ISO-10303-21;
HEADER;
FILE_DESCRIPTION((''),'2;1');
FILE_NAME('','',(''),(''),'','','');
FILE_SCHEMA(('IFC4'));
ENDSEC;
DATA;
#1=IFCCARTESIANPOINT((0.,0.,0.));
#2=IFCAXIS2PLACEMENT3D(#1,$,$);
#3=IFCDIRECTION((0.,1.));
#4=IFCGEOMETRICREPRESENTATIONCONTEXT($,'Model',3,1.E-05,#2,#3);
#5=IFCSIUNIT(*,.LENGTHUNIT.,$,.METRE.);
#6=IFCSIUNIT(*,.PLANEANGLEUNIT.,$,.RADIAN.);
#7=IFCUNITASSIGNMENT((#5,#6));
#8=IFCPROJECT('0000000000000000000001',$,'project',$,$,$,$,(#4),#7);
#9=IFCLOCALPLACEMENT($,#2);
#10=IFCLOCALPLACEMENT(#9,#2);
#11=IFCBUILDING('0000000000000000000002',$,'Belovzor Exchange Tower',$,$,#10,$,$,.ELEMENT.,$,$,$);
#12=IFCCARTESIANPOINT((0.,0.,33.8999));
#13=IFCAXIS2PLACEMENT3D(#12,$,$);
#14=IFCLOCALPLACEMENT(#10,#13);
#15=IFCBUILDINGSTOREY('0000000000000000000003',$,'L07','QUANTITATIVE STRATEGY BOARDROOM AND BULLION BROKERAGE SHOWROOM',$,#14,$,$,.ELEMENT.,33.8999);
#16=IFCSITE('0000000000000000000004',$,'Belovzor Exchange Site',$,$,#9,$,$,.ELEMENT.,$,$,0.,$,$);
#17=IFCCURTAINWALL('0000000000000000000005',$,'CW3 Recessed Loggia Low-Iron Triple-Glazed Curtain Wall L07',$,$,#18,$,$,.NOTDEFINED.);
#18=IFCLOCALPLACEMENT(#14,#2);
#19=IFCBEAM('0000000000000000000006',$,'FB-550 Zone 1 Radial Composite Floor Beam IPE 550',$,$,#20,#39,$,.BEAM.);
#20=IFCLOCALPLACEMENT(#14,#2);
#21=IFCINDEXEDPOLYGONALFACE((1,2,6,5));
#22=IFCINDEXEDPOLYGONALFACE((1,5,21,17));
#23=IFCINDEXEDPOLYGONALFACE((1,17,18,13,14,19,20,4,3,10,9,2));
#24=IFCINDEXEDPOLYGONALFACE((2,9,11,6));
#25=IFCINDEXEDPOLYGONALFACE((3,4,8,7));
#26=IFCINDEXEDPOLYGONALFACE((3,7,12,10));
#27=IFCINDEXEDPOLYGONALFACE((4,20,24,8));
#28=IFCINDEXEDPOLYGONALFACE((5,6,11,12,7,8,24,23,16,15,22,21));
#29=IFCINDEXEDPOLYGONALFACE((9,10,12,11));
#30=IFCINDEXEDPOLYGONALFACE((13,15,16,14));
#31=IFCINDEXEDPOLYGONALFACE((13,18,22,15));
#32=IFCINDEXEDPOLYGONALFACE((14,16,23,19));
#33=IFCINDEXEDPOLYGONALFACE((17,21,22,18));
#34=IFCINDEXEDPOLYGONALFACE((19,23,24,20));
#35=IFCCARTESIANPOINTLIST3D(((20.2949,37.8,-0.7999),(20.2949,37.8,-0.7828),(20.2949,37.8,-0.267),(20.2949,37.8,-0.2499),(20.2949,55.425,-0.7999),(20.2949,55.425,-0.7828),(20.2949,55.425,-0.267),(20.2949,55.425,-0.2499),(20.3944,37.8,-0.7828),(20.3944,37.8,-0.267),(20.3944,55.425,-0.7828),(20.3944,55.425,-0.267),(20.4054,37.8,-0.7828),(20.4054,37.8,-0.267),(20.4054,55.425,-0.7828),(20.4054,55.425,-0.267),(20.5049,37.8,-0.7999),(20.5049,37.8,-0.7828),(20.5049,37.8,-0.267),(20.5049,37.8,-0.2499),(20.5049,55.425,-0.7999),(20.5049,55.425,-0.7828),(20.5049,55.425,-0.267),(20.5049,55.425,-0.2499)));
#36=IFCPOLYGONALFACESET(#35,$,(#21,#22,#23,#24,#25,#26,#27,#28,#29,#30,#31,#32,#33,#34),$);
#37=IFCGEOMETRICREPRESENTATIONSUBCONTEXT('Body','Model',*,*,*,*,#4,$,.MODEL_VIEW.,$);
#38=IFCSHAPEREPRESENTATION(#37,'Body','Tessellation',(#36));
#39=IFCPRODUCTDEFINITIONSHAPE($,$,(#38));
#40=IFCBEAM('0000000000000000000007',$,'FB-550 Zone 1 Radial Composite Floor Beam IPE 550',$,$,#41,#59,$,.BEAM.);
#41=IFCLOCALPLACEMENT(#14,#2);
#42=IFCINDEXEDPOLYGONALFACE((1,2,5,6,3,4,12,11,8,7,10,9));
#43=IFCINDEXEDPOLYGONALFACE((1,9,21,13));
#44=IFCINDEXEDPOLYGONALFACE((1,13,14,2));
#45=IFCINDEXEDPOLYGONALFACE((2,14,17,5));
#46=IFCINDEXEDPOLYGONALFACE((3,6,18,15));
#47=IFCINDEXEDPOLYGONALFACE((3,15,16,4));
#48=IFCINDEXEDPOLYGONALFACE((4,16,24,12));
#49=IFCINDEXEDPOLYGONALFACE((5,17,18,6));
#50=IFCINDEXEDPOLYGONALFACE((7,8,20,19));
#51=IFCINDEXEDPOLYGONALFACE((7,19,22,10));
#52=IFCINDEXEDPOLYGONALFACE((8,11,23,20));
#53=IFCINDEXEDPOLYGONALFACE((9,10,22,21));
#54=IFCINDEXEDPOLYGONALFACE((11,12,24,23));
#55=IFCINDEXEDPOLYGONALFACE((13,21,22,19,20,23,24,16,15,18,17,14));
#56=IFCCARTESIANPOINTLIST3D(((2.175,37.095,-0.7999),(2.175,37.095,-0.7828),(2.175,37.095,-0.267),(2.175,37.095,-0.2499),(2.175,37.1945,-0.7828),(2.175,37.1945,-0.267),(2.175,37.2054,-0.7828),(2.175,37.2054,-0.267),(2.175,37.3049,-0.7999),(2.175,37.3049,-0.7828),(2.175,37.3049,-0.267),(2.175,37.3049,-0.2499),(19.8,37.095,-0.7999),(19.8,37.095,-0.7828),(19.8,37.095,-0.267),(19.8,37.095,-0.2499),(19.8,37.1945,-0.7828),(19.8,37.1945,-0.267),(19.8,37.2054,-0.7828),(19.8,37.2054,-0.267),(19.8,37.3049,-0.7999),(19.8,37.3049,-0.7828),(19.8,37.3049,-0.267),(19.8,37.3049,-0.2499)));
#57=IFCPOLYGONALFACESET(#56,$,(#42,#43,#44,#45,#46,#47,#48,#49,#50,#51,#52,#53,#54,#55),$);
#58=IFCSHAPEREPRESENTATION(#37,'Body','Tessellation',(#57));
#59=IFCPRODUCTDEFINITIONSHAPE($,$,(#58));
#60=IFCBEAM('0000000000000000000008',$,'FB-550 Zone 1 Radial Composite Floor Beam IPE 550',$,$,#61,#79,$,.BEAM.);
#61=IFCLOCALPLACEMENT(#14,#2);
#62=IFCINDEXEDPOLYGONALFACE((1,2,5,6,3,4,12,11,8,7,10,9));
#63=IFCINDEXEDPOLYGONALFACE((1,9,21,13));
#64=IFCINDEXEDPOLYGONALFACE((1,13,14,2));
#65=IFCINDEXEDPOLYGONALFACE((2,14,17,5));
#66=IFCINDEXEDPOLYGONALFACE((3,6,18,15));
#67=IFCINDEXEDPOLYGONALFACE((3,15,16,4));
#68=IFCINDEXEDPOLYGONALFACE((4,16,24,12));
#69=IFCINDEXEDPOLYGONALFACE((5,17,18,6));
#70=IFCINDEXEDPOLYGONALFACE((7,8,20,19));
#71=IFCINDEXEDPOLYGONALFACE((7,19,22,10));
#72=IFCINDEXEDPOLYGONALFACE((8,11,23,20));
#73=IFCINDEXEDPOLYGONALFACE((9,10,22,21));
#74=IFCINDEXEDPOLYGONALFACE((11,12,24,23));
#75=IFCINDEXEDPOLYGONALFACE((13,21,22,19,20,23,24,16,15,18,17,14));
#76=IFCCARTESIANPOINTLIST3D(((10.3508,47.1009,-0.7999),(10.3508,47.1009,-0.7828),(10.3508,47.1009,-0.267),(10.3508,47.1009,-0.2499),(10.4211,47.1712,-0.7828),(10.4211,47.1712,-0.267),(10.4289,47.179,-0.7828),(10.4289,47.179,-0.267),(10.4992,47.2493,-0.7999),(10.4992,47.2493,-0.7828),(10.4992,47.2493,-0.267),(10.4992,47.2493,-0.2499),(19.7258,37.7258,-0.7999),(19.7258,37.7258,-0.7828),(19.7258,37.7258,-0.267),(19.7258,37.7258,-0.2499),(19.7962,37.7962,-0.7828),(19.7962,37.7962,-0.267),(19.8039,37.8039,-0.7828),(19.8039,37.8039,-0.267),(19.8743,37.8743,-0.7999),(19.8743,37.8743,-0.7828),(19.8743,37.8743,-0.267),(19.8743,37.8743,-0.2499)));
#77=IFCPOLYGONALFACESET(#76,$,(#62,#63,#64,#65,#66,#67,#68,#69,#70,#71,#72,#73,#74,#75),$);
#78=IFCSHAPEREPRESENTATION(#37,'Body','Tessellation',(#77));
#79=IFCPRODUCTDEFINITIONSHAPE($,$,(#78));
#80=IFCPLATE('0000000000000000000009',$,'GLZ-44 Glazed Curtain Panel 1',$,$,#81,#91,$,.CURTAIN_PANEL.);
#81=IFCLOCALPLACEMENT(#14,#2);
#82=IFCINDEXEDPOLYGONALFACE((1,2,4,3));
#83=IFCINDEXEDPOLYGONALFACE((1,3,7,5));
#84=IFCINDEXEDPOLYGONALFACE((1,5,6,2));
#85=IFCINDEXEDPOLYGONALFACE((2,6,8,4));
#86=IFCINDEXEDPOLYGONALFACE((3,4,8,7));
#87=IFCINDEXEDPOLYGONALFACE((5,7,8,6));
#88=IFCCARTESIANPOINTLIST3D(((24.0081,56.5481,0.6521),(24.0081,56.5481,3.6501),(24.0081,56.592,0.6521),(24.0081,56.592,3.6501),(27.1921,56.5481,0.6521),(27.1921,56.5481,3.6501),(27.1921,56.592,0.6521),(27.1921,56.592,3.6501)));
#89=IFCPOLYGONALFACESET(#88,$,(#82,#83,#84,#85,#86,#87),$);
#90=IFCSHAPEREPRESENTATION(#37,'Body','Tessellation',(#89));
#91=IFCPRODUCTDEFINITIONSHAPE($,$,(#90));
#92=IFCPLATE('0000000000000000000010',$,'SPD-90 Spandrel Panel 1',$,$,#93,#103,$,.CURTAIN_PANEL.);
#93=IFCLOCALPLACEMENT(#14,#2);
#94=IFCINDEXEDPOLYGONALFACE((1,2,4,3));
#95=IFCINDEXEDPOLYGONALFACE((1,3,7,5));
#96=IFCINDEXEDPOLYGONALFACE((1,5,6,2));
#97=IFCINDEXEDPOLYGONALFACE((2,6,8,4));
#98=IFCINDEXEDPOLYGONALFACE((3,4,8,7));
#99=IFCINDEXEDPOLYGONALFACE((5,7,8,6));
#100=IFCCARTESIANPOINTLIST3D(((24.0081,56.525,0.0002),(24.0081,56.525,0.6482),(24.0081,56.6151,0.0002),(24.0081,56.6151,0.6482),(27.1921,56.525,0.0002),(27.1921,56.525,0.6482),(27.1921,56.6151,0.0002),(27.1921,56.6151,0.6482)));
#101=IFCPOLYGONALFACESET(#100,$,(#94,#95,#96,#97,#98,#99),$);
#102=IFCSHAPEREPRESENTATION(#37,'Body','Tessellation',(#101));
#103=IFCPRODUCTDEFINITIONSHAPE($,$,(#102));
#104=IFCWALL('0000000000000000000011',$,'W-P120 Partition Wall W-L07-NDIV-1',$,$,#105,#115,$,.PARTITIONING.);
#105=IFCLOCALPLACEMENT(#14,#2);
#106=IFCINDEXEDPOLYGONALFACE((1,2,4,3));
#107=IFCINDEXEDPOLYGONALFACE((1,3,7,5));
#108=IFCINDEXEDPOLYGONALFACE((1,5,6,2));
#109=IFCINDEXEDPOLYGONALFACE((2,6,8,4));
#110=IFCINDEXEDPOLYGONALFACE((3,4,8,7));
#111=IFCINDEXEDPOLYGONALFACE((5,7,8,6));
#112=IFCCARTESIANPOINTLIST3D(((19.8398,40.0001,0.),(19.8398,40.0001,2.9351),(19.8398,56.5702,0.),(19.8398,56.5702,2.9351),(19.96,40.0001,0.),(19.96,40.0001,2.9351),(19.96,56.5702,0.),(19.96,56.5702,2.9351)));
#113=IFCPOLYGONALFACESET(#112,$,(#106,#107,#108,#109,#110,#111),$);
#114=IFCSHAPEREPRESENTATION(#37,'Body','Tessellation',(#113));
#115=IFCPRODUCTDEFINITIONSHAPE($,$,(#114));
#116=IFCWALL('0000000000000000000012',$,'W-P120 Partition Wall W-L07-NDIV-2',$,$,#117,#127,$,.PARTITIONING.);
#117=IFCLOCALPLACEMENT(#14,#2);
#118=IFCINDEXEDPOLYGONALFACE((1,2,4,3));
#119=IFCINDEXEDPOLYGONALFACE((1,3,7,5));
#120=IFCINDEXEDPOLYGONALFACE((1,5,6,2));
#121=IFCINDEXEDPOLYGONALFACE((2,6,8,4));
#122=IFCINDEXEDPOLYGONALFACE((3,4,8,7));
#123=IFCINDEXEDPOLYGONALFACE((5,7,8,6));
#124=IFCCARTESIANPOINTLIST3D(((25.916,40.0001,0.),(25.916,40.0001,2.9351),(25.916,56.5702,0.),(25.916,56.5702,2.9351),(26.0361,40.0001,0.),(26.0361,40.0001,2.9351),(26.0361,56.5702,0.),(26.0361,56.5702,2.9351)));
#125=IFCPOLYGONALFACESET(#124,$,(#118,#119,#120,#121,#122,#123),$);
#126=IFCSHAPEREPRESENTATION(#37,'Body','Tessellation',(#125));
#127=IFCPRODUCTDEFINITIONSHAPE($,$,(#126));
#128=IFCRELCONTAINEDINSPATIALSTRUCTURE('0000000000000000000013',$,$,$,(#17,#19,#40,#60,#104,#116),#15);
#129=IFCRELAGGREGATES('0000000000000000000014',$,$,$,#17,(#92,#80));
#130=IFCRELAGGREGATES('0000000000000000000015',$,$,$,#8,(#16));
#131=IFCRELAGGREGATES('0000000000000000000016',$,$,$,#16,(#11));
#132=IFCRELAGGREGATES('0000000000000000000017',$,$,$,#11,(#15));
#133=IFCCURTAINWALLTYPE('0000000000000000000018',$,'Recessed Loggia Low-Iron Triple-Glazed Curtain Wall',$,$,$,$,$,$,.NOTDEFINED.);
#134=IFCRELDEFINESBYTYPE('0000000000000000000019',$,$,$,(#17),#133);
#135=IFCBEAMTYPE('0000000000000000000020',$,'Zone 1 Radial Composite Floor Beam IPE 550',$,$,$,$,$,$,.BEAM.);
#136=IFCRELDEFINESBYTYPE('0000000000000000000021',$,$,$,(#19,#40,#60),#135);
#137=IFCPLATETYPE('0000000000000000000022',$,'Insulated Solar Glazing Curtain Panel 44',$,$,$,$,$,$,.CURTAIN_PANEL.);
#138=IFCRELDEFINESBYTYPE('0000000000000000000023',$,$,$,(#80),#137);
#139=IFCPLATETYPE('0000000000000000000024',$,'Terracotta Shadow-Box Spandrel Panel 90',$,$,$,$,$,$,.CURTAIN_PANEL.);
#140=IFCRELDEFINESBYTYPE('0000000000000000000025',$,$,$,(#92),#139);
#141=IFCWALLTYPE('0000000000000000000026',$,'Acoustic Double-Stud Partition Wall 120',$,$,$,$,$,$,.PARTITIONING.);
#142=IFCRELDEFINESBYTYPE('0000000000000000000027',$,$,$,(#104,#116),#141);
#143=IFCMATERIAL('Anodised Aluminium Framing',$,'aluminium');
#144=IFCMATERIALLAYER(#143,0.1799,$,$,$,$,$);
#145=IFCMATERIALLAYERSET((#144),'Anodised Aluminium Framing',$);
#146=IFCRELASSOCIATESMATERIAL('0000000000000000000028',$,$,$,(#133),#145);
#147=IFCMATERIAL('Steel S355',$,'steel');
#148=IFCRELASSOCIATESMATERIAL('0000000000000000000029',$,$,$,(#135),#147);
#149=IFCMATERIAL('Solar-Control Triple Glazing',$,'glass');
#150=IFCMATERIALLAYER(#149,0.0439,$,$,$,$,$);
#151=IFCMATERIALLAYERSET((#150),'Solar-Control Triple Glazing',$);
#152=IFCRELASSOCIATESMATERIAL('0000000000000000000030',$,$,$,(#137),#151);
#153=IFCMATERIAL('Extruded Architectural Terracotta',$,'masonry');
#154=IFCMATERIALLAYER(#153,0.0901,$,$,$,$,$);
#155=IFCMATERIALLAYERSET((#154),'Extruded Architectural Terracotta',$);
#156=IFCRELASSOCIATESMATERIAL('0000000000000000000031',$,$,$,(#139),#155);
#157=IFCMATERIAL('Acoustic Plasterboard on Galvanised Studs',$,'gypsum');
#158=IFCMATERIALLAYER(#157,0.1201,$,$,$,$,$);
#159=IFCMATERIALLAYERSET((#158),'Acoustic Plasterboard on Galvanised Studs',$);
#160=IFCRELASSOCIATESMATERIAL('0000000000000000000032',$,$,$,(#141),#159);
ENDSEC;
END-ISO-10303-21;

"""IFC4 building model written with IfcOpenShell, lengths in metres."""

from ifc_helpers import new_model, si_unit, direction, frame, frame_2d, origin, origin_2d, place, context, subcontext, project, spatial, rectangle, i_section, extrude, material, layer, layer_set, material_profile, profile_set, type_object, element, aggregate, save


model = new_model("IFC4")

# Units and contexts
model_context = context("Model", 3, precision=1e-05, world=origin(), true_north=direction((0.0, 1.0)))
body_context = subcontext(model_context, "Body", "Model", "MODEL_VIEW")
ifc_project = project(units=[si_unit("LENGTHUNIT", "METRE"), si_unit("PLANEANGLEUNIT", "RADIAN")], contexts=[model_context])

# Site, building, storey
site_placement = place(None, origin())
site = spatial("IfcSite", under=ifc_project, at=site_placement, Name="Belovzor Exchange Site", CompositionType="ELEMENT", RefElevation=0.0)
building_placement = place(site_placement, origin())
building = spatial("IfcBuilding", under=site, at=building_placement, Name="Belovzor Exchange Tower", CompositionType="ELEMENT")
storey_placement = place(building_placement, frame((0.0, 0.0, 33.8999)))
storey = spatial("IfcBuildingStorey", under=building, at=storey_placement, Name="L07", Description="QUANTITATIVE STRATEGY BOARDROOM AND BULLION BROKERAGE SHOWROOM", CompositionType="ELEMENT", Elevation=33.8999)

# Curtain wall
ifc_material_1 = material(Name="Anodised Aluminium Framing", Category="aluminium")
ifc_layer_1 = layer(ifc_material_1, 0.1799)
ifc_layer_set_1 = layer_set([ifc_layer_1], Name="Anodised Aluminium Framing")
curtain_wall_type = type_object("IfcCurtainWallType", Name="Recessed Loggia Low-Iron Triple-Glazed Curtain Wall", PredefinedType="NOTDEFINED", material=ifc_layer_set_1)
curtain_wall_placement = place(storey_placement, origin())
curtain_wall = element("IfcCurtainWall", 1, at=curtain_wall_placement, inside=storey, type_object=curtain_wall_type, Name="CW3 Recessed Loggia Low-Iron Triple-Glazed Curtain Wall L07", PredefinedType="NOTDEFINED")

# Beams
ifc_material_2 = material(Name="Steel S355", Category="steel")
ifc_material_profile_1 = material_profile(ifc_material_2, i_section(OverallWidth=0.21, OverallDepth=0.55, WebThickness=0.011, FlangeThickness=0.0171, at=origin_2d()))
ifc_profile_set_1 = profile_set([ifc_material_profile_1], Name="Steel S355")
beam_type_1 = type_object("IfcBeamType", Name="Zone 1 Radial Composite Floor Beam IPE 550", PredefinedType="BEAM", material=ifc_profile_set_1)
for number, where, z_axis, x_axis, name in (
    (2, (20.3999, 37.8, -0.5249), (0.0, 1.0, 0.0), (-1.0, 0.0, 0.0), "FB-550 Zone 1 Radial Composite Floor Beam IPE 550"),
    (3, (19.8, 37.2, -0.5249), (-1.0, 0.0, 0.0), (0.0, -1.0, 0.0), "FB-550 Zone 1 Radial Composite Floor Beam IPE 550"),
):
    element("IfcBeam", number, at=place(storey_placement, frame(where, z_axis=z_axis, x_axis=x_axis)), inside=storey, type_object=beam_type_1, Name=name, PredefinedType="BEAM", context=body_context, shape_type="SweptSolid", body=[
        extrude(i_section(OverallWidth=0.21, OverallDepth=0.55, WebThickness=0.011, FlangeThickness=0.0171, at=origin_2d()), origin(), (0.0, 0.0, 1.0), 17.625),
    ])
beam_1_placement = place(storey_placement, frame((19.8, 37.8, -0.5249), z_axis=(-0.707107, 0.707107, 0.0), x_axis=(-0.707107, -0.707107, 0.0)))
element("IfcBeam", 4, at=beam_1_placement, inside=storey, type_object=beam_type_1, Name="FB-550 Zone 1 Radial Composite Floor Beam IPE 550", PredefinedType="BEAM", context=body_context, shape_type="SweptSolid", body=[
    extrude(i_section(OverallWidth=0.21, OverallDepth=0.55, WebThickness=0.011, FlangeThickness=0.0171, at=origin_2d()), origin(), (0.0, 0.0, 1.0), 13.2583),
])

# Plates
ifc_material_3 = material(Name="Solar-Control Triple Glazing", Category="glass")
ifc_layer_2 = layer(ifc_material_3, 0.0439)
ifc_layer_set_2 = layer_set([ifc_layer_2], Name="Solar-Control Triple Glazing")
plate_type_1 = type_object("IfcPlateType", Name="Insulated Solar Glazing Curtain Panel 44", PredefinedType="CURTAIN_PANEL", material=ifc_layer_set_2)
plate_1_placement = place(storey_placement, frame((25.6001, 56.5701, 0.6521), z_axis=(0.0, 0.0, 1.0), x_axis=(1.0, 0.0, 0.0)))
plate_1 = element("IfcPlate", 5, at=plate_1_placement, type_object=plate_type_1, Name="GLZ-44 Glazed Curtain Panel 1", PredefinedType="CURTAIN_PANEL", context=body_context, shape_type="SweptSolid", body=[
    extrude(rectangle(XDim=3.1841, YDim=0.0439, at=origin_2d()), origin(), (0.0, 0.0, 1.0), 2.998),
])
ifc_material_4 = material(Name="Extruded Architectural Terracotta", Category="masonry")
ifc_layer_3 = layer(ifc_material_4, 0.0901)
ifc_layer_set_3 = layer_set([ifc_layer_3], Name="Extruded Architectural Terracotta")
plate_type_2 = type_object("IfcPlateType", Name="Terracotta Shadow-Box Spandrel Panel 90", PredefinedType="CURTAIN_PANEL", material=ifc_layer_set_3)
plate_2_placement = place(storey_placement, frame((25.6001, 56.5701, 0.0002), z_axis=(0.0, 0.0, 1.0), x_axis=(1.0, 0.0, 0.0)))
plate_2 = element("IfcPlate", 6, at=plate_2_placement, type_object=plate_type_2, Name="SPD-90 Spandrel Panel 1", PredefinedType="CURTAIN_PANEL", context=body_context, shape_type="SweptSolid", body=[
    extrude(rectangle(XDim=3.1841, YDim=0.0901, at=origin_2d()), origin(), (0.0, 0.0, 1.0), 0.6479),
])
aggregate(curtain_wall, [plate_2, plate_1])

# Walls
ifc_material_5 = material(Name="Acoustic Plasterboard on Galvanised Studs", Category="gypsum")
ifc_layer_4 = layer(ifc_material_5, 0.1201)
ifc_layer_set_4 = layer_set([ifc_layer_4], Name="Acoustic Plasterboard on Galvanised Studs")
wall_type_1 = type_object("IfcWallType", Name="Acoustic Double-Stud Partition Wall 120", PredefinedType="PARTITIONING", material=ifc_layer_set_4)
for number, where, z_axis, x_axis, name in (
    (7, (19.8999, 40.0, 0.0), (0.0, 0.0, 1.0), (0.0, 1.0, 0.0), "W-P120 Partition Wall W-L07-NDIV-1"),
    (8, (25.9761, 40.0, 0.0), (0.0, 0.0, 1.0), (0.0, 1.0, 0.0), "W-P120 Partition Wall W-L07-NDIV-2"),
):
    element("IfcWall", number, at=place(storey_placement, frame(where, z_axis=z_axis, x_axis=x_axis)), inside=storey, type_object=wall_type_1, Name=name, PredefinedType="PARTITIONING", context=body_context, shape_type="SweptSolid", body=[
        extrude(rectangle(XDim=16.5701, YDim=0.1201, at=frame_2d((8.2852, 0.0))), origin(), (0.0, 0.0, 1.0), 2.9351),
    ])

save(model, "model.ifc")
